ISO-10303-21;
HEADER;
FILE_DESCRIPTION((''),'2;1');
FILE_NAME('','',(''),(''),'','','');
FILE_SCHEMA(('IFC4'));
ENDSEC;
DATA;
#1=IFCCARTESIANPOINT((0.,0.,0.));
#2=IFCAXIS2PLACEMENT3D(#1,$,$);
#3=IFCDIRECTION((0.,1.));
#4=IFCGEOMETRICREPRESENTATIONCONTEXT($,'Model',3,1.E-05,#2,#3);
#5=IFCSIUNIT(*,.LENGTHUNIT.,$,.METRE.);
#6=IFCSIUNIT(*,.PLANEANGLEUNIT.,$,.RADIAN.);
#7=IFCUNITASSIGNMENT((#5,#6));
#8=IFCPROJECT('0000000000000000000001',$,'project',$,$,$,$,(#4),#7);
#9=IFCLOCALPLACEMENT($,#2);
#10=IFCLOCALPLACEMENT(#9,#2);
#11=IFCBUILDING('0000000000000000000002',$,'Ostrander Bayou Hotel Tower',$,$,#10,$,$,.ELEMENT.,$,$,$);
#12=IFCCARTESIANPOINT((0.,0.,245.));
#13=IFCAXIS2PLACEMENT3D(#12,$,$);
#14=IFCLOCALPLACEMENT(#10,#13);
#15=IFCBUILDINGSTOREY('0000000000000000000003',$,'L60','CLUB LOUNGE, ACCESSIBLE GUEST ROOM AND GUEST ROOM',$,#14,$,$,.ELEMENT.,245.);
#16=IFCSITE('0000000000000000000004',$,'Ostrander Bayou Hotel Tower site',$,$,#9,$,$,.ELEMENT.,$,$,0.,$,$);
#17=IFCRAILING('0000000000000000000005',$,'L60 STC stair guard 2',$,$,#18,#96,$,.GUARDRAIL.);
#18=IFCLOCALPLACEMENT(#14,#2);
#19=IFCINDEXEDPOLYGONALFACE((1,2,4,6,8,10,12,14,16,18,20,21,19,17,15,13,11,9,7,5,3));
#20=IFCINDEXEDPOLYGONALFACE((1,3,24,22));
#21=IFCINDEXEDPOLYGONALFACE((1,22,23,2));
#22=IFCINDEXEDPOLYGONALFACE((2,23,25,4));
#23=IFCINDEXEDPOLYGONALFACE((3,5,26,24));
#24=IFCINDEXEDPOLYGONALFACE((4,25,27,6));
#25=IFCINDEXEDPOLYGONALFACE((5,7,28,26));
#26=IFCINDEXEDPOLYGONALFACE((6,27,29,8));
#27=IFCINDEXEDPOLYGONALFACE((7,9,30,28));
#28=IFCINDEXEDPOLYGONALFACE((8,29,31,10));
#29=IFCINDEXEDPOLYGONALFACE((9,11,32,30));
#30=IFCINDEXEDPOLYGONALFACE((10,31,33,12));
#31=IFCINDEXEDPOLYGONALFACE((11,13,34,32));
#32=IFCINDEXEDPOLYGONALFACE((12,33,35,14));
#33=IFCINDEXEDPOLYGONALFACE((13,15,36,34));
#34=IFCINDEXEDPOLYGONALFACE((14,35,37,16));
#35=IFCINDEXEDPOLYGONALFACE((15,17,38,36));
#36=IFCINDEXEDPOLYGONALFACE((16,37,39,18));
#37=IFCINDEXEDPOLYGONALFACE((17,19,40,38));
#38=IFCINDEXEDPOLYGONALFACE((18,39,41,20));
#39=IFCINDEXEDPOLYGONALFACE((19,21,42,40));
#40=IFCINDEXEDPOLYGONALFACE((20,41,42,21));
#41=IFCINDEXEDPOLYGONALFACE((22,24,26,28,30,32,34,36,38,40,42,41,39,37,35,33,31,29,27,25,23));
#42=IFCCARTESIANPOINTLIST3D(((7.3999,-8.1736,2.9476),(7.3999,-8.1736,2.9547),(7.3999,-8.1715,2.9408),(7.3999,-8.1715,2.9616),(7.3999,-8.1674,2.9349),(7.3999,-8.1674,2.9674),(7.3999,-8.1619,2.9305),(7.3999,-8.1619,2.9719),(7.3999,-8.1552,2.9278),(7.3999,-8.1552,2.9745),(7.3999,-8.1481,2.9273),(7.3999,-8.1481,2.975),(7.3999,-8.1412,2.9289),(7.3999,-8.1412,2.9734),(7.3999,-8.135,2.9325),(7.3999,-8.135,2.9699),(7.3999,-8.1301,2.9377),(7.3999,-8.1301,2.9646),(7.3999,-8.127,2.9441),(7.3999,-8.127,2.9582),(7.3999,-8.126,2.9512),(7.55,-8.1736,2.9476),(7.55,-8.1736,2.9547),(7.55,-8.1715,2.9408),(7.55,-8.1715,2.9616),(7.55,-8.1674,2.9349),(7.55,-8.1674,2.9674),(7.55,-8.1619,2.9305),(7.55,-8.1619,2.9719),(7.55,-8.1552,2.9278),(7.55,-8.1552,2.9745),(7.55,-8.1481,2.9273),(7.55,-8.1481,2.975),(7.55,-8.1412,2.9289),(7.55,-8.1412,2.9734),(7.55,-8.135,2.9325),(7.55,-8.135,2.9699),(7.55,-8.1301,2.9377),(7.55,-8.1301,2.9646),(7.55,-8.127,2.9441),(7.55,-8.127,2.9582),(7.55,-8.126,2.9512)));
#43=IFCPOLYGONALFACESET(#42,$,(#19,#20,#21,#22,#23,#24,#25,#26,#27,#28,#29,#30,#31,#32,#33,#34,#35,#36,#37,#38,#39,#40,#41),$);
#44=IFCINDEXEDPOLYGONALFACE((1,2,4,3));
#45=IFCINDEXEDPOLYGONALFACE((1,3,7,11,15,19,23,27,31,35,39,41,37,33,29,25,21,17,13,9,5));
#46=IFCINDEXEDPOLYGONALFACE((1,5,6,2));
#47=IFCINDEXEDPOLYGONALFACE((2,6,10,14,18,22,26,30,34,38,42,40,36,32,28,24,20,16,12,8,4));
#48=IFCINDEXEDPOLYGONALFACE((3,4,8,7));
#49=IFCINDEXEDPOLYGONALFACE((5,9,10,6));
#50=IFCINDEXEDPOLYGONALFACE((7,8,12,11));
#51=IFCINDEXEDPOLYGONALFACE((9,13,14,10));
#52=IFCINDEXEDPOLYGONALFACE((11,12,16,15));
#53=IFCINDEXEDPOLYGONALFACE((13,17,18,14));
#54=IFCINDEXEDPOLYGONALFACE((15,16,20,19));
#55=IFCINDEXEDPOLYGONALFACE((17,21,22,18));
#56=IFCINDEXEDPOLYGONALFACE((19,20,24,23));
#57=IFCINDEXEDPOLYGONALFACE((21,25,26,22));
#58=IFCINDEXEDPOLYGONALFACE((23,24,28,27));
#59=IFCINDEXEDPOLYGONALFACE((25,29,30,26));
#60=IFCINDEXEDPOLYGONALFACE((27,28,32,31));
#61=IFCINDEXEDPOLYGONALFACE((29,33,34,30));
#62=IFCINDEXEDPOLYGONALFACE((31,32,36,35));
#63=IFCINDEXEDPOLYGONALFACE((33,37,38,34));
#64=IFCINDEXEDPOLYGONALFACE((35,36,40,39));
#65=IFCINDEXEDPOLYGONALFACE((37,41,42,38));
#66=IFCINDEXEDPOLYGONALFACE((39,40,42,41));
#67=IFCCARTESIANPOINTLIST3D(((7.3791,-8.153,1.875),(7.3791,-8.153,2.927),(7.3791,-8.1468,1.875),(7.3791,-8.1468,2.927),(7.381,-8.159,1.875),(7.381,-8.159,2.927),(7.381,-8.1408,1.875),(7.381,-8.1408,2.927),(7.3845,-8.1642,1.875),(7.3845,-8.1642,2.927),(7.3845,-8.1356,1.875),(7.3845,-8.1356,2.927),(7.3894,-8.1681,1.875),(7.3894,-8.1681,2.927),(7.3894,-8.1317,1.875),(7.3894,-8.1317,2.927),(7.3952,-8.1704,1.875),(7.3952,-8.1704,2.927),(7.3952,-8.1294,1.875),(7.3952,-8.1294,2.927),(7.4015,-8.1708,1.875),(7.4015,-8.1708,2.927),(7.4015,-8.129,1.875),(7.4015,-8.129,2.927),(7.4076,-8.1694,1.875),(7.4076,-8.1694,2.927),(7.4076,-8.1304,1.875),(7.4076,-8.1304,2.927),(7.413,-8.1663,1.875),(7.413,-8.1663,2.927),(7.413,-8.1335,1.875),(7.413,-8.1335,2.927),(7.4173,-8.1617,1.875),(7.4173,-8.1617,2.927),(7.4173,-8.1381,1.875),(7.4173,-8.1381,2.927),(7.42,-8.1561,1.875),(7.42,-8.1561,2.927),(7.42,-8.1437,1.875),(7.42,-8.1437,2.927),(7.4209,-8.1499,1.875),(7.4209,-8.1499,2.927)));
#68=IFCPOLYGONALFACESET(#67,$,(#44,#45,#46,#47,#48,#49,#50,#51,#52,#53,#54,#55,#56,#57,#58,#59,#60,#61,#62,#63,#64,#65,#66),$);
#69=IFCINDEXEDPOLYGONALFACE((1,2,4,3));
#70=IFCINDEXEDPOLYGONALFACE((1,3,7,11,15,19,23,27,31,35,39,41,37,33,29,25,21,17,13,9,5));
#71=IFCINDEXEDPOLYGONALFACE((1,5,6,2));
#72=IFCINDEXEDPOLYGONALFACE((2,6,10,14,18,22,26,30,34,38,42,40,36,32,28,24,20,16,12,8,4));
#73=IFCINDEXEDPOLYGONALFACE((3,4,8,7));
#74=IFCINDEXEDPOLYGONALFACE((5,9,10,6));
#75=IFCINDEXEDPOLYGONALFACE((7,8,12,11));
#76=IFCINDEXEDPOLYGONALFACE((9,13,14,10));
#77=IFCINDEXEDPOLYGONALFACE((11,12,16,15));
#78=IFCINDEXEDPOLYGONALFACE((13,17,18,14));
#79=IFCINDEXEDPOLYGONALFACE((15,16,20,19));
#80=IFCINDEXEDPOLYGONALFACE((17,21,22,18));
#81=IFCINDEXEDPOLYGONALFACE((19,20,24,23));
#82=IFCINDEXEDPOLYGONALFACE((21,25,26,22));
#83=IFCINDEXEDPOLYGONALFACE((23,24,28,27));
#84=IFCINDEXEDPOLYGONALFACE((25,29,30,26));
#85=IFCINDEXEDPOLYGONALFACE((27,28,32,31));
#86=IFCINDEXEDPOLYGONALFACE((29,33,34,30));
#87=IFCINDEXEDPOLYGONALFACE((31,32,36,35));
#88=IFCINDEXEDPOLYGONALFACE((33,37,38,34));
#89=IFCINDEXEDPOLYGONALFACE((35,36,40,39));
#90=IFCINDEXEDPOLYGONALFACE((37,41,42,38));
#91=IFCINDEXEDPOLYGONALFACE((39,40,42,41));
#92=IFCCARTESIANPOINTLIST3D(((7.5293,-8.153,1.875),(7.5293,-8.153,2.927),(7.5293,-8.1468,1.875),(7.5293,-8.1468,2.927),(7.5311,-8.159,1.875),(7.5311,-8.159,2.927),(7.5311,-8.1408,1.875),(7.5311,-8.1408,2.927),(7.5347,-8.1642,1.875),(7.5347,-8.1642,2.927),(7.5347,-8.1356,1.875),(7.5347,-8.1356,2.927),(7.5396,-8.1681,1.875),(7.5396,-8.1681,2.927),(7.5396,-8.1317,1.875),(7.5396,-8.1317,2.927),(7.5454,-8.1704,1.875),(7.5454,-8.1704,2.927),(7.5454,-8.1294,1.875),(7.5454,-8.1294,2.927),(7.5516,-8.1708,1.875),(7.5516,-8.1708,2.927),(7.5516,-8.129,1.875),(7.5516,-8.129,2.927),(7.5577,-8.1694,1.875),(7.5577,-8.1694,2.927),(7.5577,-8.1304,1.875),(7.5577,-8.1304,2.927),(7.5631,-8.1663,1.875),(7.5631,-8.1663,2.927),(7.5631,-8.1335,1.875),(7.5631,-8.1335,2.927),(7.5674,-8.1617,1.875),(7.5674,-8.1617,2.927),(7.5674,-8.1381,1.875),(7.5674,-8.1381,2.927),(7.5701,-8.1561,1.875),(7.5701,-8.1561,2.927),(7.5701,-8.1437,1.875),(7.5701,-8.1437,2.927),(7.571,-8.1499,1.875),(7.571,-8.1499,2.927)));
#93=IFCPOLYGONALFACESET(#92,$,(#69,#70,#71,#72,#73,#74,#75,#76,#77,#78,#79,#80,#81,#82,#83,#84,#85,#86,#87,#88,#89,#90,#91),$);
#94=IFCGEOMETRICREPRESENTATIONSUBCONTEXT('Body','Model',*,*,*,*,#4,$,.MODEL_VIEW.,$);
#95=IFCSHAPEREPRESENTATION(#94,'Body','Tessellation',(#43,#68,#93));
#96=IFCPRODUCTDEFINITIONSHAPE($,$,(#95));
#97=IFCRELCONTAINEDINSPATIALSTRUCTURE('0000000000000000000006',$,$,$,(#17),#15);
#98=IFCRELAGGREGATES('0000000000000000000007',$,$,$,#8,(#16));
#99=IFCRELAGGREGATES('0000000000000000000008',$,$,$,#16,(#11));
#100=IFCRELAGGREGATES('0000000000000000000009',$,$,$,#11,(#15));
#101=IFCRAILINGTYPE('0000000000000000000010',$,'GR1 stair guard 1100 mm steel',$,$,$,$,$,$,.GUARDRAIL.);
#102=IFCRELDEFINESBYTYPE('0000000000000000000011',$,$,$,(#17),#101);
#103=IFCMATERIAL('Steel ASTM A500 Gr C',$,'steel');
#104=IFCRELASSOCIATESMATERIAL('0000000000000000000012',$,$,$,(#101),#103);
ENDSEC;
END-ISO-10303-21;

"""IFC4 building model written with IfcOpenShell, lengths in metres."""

from ifc_helpers import new_model, si_unit, direction, frame, origin, origin_2d, place, context, subcontext, project, spatial, circle, extrude, material, type_object, element, save


model = new_model("IFC4")

# Units and contexts
model_context = context("Model", 3, precision=1e-05, world=origin(), true_north=direction((0.0, 1.0)))
body_context = subcontext(model_context, "Body", "Model", "MODEL_VIEW")
ifc_project = project(units=[si_unit("LENGTHUNIT", "METRE"), si_unit("PLANEANGLEUNIT", "RADIAN")], contexts=[model_context])

# Site, building, storey
site_placement = place(None, origin())
site = spatial("IfcSite", under=ifc_project, at=site_placement, Name="Ostrander Bayou Hotel Tower site", CompositionType="ELEMENT", RefElevation=0.0)
building_placement = place(site_placement, origin())
building = spatial("IfcBuilding", under=site, at=building_placement, Name="Ostrander Bayou Hotel Tower", CompositionType="ELEMENT")
storey_placement = place(building_placement, frame((0.0, 0.0, 245.0)))
storey = spatial("IfcBuildingStorey", under=building, at=storey_placement, Name="L60", Description="CLUB LOUNGE, ACCESSIBLE GUEST ROOM AND GUEST ROOM", CompositionType="ELEMENT", Elevation=245.0)

# Railing
ifc_material_1 = material(Name="Steel ASTM A500 Gr C", Category="steel")
railing_type_1 = type_object("IfcRailingType", Name="GR1 stair guard 1100 mm steel", PredefinedType="GUARDRAIL", material=ifc_material_1)
railing_1_placement = place(storey_placement, frame((7.3999, -8.1499, 1.875)))
element("IfcRailing", 1, at=railing_1_placement, inside=storey, type_object=railing_type_1, Name="L60 STC stair guard 2", PredefinedType="GUARDRAIL", context=body_context, shape_type="SweptSolid", body=[
    extrude(circle(Radius=0.0239, at=origin_2d()), frame((0.0, 0.0, 1.0762), z_axis=(1.0, 0.0, 0.0), x_axis=(0.0, 1.0, 0.0)), (0.0, 0.0, 1.0), 0.1501),
    extrude(circle(Radius=0.021, at=origin_2d()), origin(), (0.0, 0.0, 1.0), 1.052),
    extrude(circle(Radius=0.021, at=origin_2d()), frame((0.1501, 0.0, 0.0)), (0.0, 0.0, 1.0), 1.052),
])

save(model, "model.ifc")
